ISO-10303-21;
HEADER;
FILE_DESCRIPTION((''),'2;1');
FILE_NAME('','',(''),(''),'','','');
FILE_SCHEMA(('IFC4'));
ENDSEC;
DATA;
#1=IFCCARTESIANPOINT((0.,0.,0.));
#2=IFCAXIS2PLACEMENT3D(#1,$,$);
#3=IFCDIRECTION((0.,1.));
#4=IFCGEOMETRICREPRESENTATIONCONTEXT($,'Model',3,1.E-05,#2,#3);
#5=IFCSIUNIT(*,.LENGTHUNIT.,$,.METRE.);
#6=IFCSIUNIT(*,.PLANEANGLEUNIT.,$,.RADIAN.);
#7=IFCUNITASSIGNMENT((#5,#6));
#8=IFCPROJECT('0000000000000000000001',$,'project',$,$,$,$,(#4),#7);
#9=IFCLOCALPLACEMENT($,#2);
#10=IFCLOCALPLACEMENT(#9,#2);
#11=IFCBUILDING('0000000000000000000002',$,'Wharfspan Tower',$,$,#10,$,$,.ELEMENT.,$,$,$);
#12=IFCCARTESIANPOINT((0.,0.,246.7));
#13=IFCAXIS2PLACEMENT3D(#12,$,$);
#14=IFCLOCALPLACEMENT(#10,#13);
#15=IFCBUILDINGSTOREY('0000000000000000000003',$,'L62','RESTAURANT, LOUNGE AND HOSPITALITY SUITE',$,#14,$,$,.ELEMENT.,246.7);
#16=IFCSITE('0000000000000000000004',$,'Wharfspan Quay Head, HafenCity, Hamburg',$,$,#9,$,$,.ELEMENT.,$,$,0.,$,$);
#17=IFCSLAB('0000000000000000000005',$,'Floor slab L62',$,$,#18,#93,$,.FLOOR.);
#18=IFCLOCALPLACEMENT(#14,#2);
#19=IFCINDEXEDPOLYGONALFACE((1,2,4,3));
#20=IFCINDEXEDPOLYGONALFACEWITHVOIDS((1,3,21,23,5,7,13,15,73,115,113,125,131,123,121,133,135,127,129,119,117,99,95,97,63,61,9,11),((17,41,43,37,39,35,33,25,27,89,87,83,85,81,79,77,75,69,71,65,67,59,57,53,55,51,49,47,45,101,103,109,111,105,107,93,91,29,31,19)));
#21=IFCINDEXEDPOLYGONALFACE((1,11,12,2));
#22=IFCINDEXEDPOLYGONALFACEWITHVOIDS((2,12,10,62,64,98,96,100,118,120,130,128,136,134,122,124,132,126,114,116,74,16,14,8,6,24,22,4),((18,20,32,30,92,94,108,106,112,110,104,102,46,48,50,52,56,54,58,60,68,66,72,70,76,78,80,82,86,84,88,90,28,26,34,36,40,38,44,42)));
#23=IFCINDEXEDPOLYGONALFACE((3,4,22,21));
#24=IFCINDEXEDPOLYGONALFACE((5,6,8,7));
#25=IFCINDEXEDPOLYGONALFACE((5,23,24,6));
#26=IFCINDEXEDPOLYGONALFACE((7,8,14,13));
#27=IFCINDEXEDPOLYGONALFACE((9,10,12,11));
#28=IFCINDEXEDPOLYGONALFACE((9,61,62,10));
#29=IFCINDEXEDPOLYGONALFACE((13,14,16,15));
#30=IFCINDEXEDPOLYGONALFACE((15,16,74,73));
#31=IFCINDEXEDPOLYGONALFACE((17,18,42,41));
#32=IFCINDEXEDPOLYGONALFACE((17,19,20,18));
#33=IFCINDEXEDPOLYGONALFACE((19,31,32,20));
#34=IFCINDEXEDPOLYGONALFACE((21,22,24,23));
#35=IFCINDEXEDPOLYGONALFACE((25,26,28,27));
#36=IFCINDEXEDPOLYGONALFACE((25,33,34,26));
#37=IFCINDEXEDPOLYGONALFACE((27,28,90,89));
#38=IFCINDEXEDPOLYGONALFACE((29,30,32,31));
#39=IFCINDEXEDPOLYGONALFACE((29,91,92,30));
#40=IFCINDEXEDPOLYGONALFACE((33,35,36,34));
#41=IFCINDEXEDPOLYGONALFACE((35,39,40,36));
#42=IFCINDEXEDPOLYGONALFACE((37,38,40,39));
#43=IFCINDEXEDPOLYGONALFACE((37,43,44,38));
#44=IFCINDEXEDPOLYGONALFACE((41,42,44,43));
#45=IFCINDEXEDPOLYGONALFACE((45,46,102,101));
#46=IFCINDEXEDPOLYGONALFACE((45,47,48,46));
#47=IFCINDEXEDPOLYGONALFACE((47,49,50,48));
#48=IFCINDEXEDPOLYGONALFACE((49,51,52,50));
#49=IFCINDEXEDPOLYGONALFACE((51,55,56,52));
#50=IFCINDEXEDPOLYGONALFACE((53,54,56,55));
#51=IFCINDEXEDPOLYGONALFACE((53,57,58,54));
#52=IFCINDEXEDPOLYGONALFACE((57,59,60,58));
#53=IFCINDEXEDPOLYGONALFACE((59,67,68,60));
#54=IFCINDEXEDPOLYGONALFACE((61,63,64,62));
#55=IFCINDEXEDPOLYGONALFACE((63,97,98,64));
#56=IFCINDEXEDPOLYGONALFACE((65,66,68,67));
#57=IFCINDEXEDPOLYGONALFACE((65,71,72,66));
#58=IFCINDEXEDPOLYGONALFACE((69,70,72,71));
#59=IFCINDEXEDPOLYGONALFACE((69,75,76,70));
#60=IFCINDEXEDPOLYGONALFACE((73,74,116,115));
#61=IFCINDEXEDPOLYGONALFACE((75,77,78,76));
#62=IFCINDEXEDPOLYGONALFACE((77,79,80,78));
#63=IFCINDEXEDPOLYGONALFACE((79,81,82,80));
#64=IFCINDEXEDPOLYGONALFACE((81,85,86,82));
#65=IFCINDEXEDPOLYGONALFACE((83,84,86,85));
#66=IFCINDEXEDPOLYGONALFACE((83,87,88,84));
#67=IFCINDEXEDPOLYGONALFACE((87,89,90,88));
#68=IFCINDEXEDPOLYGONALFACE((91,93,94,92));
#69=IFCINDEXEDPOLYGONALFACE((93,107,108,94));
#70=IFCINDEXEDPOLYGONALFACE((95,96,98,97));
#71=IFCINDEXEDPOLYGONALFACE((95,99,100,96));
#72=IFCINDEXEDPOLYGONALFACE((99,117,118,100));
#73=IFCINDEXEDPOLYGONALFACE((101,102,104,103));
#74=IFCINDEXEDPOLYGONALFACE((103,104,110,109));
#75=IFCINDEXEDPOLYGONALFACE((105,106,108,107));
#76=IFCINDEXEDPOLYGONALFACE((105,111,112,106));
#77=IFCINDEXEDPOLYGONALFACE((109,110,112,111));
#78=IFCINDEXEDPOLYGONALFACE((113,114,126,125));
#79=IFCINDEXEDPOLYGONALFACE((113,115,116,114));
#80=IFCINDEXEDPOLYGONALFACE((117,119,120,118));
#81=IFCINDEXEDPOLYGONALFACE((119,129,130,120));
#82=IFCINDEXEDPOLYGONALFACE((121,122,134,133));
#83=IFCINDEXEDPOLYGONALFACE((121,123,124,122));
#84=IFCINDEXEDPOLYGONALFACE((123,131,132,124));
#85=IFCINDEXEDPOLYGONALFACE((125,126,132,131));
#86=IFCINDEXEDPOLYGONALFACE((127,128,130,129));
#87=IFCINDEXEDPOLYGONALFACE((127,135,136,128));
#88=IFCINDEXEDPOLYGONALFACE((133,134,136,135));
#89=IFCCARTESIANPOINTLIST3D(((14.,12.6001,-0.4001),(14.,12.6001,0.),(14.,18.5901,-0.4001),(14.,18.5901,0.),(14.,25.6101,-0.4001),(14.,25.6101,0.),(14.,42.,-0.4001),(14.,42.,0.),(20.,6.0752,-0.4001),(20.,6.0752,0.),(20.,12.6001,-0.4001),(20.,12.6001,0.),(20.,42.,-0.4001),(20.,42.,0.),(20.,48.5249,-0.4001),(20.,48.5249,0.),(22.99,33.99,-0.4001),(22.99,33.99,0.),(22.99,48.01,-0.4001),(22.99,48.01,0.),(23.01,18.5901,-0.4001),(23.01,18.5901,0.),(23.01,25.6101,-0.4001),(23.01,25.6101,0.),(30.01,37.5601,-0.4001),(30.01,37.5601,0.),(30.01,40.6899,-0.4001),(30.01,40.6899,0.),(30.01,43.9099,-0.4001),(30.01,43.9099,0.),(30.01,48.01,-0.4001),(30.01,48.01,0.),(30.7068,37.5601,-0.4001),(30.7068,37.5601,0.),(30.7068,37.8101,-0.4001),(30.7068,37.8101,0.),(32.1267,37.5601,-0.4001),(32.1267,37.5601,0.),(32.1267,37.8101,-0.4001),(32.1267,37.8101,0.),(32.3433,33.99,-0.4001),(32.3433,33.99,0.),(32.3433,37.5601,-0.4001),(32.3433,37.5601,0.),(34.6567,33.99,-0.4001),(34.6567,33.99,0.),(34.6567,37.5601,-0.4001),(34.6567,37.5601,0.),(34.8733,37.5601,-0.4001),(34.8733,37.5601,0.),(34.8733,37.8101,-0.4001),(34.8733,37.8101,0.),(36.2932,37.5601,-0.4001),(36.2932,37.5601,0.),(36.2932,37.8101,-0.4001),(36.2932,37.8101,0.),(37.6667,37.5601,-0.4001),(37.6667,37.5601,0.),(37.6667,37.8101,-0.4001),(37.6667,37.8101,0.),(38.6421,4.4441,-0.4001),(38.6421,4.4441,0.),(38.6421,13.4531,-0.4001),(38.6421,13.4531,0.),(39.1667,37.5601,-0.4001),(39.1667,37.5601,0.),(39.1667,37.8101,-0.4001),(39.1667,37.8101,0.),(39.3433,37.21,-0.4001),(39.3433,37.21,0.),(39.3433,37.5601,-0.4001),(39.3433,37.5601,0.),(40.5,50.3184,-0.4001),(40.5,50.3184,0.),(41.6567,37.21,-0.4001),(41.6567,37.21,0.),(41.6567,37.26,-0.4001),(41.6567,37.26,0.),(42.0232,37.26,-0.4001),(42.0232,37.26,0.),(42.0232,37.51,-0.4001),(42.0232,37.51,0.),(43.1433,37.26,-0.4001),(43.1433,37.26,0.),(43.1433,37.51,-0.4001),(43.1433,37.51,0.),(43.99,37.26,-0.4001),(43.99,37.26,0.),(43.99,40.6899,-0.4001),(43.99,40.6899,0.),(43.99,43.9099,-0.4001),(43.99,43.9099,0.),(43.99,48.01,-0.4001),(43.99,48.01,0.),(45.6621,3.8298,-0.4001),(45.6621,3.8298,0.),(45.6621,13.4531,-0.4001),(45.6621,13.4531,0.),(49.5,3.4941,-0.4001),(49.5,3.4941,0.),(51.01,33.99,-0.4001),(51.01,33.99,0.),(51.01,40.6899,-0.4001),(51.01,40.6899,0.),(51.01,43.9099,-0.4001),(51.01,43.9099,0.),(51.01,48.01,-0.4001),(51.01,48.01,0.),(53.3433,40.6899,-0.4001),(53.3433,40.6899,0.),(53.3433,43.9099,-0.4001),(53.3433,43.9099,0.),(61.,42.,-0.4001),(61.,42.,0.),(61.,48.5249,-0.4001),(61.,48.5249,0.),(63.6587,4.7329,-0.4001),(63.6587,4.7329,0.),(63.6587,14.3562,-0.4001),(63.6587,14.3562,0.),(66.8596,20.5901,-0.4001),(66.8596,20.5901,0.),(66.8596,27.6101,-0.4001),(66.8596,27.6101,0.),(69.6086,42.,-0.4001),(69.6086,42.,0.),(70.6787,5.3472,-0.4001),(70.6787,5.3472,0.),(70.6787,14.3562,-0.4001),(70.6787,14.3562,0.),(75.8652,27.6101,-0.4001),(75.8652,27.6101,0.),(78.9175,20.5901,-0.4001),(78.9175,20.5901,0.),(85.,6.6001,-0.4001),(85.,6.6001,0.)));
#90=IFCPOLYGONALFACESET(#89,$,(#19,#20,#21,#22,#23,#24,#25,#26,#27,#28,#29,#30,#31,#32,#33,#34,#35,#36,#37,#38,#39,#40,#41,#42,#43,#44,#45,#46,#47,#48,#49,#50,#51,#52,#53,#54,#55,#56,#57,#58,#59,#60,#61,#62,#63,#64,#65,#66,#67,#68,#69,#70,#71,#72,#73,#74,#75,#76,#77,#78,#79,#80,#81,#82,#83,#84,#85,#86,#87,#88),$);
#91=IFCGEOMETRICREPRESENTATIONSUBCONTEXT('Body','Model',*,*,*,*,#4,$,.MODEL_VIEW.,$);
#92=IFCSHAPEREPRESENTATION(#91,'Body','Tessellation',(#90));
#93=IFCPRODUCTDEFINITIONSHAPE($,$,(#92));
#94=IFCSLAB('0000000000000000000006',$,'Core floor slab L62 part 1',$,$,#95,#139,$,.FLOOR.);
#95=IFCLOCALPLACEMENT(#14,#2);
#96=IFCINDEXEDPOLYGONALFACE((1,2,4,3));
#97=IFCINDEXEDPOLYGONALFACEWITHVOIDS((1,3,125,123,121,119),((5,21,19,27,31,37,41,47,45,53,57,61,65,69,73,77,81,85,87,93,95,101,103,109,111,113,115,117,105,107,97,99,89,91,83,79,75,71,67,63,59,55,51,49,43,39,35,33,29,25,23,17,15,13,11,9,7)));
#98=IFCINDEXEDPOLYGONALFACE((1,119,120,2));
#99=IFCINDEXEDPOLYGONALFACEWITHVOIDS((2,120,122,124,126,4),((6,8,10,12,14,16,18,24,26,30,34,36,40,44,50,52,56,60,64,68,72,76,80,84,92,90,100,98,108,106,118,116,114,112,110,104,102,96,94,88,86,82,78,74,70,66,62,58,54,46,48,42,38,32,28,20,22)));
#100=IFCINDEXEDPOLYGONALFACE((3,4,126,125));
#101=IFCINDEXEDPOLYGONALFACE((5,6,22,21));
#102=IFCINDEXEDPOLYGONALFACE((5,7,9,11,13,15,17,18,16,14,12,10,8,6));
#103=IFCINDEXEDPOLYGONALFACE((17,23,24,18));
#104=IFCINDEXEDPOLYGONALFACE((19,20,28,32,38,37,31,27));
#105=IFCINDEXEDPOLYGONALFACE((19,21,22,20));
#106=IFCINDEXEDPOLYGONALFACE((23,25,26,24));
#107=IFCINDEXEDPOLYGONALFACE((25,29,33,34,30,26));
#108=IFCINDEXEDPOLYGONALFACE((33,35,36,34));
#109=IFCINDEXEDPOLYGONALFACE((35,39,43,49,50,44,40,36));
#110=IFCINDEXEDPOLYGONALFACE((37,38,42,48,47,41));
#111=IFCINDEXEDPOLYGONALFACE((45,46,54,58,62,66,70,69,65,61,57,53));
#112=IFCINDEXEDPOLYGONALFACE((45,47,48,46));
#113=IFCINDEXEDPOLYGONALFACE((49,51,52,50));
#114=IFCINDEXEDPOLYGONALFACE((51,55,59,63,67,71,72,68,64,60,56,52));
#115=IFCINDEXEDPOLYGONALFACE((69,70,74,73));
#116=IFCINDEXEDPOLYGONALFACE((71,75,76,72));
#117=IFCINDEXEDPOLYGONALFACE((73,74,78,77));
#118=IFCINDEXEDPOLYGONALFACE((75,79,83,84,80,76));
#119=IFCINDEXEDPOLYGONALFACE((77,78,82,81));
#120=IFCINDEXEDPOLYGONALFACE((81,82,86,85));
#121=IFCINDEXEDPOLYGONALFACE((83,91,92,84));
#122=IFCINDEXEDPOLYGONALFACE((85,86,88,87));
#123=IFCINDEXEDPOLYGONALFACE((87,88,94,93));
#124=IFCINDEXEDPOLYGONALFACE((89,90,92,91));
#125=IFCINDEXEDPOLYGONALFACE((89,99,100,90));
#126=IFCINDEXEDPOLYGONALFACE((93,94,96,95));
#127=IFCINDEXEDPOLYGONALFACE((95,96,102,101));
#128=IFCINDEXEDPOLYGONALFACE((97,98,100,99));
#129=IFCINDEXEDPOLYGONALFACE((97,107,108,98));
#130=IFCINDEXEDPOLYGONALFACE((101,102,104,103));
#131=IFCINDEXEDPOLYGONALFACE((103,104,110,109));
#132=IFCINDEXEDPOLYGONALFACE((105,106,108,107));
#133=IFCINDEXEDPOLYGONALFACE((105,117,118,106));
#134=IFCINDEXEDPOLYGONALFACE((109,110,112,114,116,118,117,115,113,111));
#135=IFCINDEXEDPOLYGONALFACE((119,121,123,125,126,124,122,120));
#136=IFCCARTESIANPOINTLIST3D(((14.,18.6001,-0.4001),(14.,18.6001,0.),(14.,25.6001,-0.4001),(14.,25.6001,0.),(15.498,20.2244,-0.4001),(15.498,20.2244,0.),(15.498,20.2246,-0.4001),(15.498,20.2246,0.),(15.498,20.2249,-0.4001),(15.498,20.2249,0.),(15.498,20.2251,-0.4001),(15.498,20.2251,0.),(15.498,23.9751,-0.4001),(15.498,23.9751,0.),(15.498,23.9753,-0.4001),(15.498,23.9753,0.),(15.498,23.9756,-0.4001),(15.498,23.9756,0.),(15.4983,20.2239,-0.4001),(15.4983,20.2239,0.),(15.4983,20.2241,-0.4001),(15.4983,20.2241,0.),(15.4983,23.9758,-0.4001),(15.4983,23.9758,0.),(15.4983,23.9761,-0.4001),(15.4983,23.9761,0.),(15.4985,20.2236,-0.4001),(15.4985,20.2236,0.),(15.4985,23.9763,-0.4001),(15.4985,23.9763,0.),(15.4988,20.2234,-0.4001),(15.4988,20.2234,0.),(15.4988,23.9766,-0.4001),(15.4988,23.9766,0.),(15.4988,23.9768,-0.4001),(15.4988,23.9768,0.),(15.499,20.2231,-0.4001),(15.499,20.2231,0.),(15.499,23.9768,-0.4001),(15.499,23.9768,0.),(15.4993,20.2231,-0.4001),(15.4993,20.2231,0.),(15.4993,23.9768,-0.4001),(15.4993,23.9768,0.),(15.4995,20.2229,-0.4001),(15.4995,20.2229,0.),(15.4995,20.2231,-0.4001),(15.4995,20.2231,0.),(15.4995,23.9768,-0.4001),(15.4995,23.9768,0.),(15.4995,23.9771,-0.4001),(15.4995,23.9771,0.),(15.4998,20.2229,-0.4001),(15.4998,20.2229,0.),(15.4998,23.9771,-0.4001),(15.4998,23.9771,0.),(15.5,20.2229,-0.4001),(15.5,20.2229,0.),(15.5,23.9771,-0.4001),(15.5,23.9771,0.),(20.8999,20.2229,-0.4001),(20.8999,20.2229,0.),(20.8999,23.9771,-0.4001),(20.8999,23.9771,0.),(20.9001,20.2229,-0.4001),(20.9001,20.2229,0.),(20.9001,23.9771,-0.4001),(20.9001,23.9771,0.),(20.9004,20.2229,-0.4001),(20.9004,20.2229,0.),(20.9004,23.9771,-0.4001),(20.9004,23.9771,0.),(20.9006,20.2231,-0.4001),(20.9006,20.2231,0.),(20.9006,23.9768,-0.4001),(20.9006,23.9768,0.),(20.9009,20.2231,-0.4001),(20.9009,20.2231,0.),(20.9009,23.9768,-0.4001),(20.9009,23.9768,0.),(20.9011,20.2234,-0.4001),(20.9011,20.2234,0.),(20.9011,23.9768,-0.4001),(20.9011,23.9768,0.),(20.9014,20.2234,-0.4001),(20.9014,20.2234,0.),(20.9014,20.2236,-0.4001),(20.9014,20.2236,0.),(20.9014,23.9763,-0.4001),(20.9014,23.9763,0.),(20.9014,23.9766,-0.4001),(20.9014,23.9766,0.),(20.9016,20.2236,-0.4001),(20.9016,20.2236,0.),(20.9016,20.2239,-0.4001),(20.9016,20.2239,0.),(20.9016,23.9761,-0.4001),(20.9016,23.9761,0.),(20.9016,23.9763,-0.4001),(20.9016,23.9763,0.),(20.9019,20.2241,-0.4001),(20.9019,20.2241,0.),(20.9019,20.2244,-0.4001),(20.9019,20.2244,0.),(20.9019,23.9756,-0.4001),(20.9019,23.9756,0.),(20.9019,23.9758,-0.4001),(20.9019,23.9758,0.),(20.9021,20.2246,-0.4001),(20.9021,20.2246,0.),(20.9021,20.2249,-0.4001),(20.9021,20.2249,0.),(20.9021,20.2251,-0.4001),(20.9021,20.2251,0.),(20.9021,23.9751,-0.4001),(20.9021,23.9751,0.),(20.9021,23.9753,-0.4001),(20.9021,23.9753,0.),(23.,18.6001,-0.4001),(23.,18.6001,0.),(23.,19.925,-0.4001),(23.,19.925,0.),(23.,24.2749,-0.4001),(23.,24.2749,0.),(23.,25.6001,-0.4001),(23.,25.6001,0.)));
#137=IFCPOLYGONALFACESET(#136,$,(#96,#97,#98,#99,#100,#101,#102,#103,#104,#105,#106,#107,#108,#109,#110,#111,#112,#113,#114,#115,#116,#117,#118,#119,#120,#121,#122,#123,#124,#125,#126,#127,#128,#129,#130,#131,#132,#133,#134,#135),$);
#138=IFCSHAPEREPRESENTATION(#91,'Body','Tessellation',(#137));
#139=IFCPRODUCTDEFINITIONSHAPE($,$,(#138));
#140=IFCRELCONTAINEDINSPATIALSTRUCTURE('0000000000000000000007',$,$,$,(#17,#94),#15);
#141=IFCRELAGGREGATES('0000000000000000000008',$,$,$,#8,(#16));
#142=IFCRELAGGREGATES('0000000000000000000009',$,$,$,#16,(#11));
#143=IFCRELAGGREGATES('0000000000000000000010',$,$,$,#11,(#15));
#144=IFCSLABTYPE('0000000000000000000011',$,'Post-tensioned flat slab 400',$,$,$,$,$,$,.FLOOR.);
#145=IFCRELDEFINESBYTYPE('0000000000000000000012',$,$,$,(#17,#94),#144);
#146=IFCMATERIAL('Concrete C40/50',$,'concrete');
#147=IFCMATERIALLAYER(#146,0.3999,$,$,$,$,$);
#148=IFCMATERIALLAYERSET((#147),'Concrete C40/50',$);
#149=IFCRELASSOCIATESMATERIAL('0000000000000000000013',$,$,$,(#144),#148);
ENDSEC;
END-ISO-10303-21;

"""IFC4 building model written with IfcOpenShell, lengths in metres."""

from ifc_helpers import new_model, si_unit, direction, frame, origin, place, context, subcontext, project, spatial, polyline, outline, extrude, material, layer, layer_set, type_object, element, save


model = new_model("IFC4")

# Units and contexts
model_context = context("Model", 3, precision=1e-05, world=origin(), true_north=direction((0.0, 1.0)))
body_context = subcontext(model_context, "Body", "Model", "MODEL_VIEW")
ifc_project = project(units=[si_unit("LENGTHUNIT", "METRE"), si_unit("PLANEANGLEUNIT", "RADIAN")], contexts=[model_context])

# Site, building, storey
site_placement = place(None, origin())
site = spatial("IfcSite", under=ifc_project, at=site_placement, Name="Wharfspan Quay Head, HafenCity, Hamburg", CompositionType="ELEMENT", RefElevation=0.0)
building_placement = place(site_placement, origin())
building = spatial("IfcBuilding", under=site, at=building_placement, Name="Wharfspan Tower", CompositionType="ELEMENT")
storey_placement = place(building_placement, frame((0.0, 0.0, 246.7)))
storey = spatial("IfcBuildingStorey", under=building, at=storey_placement, Name="L62", Description="RESTAURANT, LOUNGE AND HOSPITALITY SUITE", CompositionType="ELEMENT", Elevation=246.7)

# Slabs
ifc_material_1 = material(Name="Concrete C40/50", Category="concrete")
ifc_layer_1 = layer(ifc_material_1, 0.3999)
ifc_layer_set_1 = layer_set([ifc_layer_1], Name="Concrete C40/50")
slab_type_1 = type_object("IfcSlabType", Name="Post-tensioned flat slab 400", PredefinedType="FLOOR", material=ifc_layer_set_1)
slab_1_placement = place(storey_placement, frame((0.0, 0.0, -0.4001)))
element("IfcSlab", 1, at=slab_1_placement, inside=storey, type_object=slab_type_1, Name="Floor slab L62", PredefinedType="FLOOR", context=body_context, shape_type="SweptSolid", body=[
    extrude(outline(polyline([(38.6421, 4.4441), (38.6421, 13.4531), (45.6621, 13.4531), (45.6621, 3.8298), (49.5, 3.4941), (63.6587, 4.7329), (63.6587, 14.3562), (70.6787, 14.3562), (70.6787, 5.3472), (85.0, 6.6001), (78.9175, 20.5901), (66.8596, 20.5901), (66.8596, 27.6101), (75.8652, 27.6101), (69.6086, 42.0), (61.0, 42.0), (61.0, 48.5249), (40.5, 50.3184), (20.0, 48.5249), (20.0, 42.0), (14.0, 42.0), (14.0, 25.6101), (23.01, 25.6101), (23.01, 18.5901), (14.0, 18.5901), (14.0, 12.6001), (20.0, 12.6001), (20.0, 6.0752), (38.6421, 4.4441)]), holes=[polyline([(32.1267, 37.5601), (32.3433, 37.5601), (32.3433, 33.99), (22.99, 33.99), (22.99, 48.01), (30.01, 48.01), (30.01, 43.9099), (43.99, 43.9099), (43.99, 48.01), (51.01, 48.01), (51.01, 43.9099), (53.3433, 43.9099), (53.3433, 40.6899), (51.01, 40.6899), (51.01, 33.99), (34.6567, 33.99), (34.6567, 37.5601), (34.8733, 37.5601), (34.8733, 37.8101), (36.2932, 37.8101), (36.2932, 37.5601), (37.6667, 37.5601), (37.6667, 37.8101), (39.1667, 37.8101), (39.1667, 37.5601), (39.3433, 37.5601), (39.3433, 37.21), (41.6567, 37.21), (41.6567, 37.26), (42.0232, 37.26), (42.0232, 37.51), (43.1433, 37.51), (43.1433, 37.26), (43.99, 37.26), (43.99, 40.6899), (30.01, 40.6899), (30.01, 37.5601), (30.7068, 37.5601), (30.7068, 37.8101), (32.1267, 37.8101), (32.1267, 37.5601)])]), origin(), (0.0, 0.0, 1.0), 0.4001),
])
slab_2_placement = place(storey_placement, frame((0.0, 0.0, -0.4001)))
element("IfcSlab", 2, at=slab_2_placement, inside=storey, type_object=slab_type_1, Name="Core floor slab L62 part 1", PredefinedType="FLOOR", context=body_context, shape_type="SweptSolid", body=[
    extrude(outline(polyline([(23.0, 19.925), (23.0, 24.2749), (23.0, 25.6001), (14.0, 25.6001), (14.0, 18.6001), (23.0, 18.6001), (23.0, 19.925)]), holes=[polyline([(20.8999, 23.9771), (20.9001, 23.9771), (20.9004, 23.9771), (20.9006, 23.9768), (20.9009, 23.9768), (20.9009, 23.9768), (20.9011, 23.9768), (20.9014, 23.9766), (20.9014, 23.9763), (20.9016, 23.9763), (20.9016, 23.9761), (20.9019, 23.9758), (20.9019, 23.9758), (20.9019, 23.9756), (20.9021, 23.9753), (20.9021, 23.9751), (20.9021, 23.9751), (20.9021, 20.2251), (20.9021, 20.2249), (20.9021, 20.2246), (20.9019, 20.2244), (20.9019, 20.2241), (20.9019, 20.2241), (20.9016, 20.2239), (20.9016, 20.2236), (20.9014, 20.2236), (20.9014, 20.2234), (20.9011, 20.2234), (20.9009, 20.2231), (20.9009, 20.2231), (20.9006, 20.2231), (20.9004, 20.2229), (20.9001, 20.2229), (20.8999, 20.2229), (15.5, 20.2229), (15.4998, 20.2229), (15.4995, 20.2229), (15.4995, 20.2231), (15.4993, 20.2231), (15.499, 20.2231), (15.4988, 20.2234), (15.4988, 20.2234), (15.4985, 20.2236), (15.4985, 20.2236), (15.4983, 20.2239), (15.4983, 20.2241), (15.4983, 20.2241), (15.498, 20.2244), (15.498, 20.2246), (15.498, 20.2249), (15.498, 20.2251), (15.498, 23.9751), (15.498, 23.9751), (15.498, 23.9753), (15.498, 23.9756), (15.4983, 23.9758), (15.4983, 23.9758), (15.4983, 23.9761), (15.4985, 23.9763), (15.4985, 23.9763), (15.4988, 23.9766), (15.4988, 23.9768), (15.499, 23.9768), (15.4993, 23.9768), (15.4995, 23.9768), (15.4995, 23.9771), (15.4998, 23.9771), (15.5, 23.9771), (20.8999, 23.9771)])]), origin(), (0.0, 0.0, 1.0), 0.4001),
])

save(model, "model.ifc")
